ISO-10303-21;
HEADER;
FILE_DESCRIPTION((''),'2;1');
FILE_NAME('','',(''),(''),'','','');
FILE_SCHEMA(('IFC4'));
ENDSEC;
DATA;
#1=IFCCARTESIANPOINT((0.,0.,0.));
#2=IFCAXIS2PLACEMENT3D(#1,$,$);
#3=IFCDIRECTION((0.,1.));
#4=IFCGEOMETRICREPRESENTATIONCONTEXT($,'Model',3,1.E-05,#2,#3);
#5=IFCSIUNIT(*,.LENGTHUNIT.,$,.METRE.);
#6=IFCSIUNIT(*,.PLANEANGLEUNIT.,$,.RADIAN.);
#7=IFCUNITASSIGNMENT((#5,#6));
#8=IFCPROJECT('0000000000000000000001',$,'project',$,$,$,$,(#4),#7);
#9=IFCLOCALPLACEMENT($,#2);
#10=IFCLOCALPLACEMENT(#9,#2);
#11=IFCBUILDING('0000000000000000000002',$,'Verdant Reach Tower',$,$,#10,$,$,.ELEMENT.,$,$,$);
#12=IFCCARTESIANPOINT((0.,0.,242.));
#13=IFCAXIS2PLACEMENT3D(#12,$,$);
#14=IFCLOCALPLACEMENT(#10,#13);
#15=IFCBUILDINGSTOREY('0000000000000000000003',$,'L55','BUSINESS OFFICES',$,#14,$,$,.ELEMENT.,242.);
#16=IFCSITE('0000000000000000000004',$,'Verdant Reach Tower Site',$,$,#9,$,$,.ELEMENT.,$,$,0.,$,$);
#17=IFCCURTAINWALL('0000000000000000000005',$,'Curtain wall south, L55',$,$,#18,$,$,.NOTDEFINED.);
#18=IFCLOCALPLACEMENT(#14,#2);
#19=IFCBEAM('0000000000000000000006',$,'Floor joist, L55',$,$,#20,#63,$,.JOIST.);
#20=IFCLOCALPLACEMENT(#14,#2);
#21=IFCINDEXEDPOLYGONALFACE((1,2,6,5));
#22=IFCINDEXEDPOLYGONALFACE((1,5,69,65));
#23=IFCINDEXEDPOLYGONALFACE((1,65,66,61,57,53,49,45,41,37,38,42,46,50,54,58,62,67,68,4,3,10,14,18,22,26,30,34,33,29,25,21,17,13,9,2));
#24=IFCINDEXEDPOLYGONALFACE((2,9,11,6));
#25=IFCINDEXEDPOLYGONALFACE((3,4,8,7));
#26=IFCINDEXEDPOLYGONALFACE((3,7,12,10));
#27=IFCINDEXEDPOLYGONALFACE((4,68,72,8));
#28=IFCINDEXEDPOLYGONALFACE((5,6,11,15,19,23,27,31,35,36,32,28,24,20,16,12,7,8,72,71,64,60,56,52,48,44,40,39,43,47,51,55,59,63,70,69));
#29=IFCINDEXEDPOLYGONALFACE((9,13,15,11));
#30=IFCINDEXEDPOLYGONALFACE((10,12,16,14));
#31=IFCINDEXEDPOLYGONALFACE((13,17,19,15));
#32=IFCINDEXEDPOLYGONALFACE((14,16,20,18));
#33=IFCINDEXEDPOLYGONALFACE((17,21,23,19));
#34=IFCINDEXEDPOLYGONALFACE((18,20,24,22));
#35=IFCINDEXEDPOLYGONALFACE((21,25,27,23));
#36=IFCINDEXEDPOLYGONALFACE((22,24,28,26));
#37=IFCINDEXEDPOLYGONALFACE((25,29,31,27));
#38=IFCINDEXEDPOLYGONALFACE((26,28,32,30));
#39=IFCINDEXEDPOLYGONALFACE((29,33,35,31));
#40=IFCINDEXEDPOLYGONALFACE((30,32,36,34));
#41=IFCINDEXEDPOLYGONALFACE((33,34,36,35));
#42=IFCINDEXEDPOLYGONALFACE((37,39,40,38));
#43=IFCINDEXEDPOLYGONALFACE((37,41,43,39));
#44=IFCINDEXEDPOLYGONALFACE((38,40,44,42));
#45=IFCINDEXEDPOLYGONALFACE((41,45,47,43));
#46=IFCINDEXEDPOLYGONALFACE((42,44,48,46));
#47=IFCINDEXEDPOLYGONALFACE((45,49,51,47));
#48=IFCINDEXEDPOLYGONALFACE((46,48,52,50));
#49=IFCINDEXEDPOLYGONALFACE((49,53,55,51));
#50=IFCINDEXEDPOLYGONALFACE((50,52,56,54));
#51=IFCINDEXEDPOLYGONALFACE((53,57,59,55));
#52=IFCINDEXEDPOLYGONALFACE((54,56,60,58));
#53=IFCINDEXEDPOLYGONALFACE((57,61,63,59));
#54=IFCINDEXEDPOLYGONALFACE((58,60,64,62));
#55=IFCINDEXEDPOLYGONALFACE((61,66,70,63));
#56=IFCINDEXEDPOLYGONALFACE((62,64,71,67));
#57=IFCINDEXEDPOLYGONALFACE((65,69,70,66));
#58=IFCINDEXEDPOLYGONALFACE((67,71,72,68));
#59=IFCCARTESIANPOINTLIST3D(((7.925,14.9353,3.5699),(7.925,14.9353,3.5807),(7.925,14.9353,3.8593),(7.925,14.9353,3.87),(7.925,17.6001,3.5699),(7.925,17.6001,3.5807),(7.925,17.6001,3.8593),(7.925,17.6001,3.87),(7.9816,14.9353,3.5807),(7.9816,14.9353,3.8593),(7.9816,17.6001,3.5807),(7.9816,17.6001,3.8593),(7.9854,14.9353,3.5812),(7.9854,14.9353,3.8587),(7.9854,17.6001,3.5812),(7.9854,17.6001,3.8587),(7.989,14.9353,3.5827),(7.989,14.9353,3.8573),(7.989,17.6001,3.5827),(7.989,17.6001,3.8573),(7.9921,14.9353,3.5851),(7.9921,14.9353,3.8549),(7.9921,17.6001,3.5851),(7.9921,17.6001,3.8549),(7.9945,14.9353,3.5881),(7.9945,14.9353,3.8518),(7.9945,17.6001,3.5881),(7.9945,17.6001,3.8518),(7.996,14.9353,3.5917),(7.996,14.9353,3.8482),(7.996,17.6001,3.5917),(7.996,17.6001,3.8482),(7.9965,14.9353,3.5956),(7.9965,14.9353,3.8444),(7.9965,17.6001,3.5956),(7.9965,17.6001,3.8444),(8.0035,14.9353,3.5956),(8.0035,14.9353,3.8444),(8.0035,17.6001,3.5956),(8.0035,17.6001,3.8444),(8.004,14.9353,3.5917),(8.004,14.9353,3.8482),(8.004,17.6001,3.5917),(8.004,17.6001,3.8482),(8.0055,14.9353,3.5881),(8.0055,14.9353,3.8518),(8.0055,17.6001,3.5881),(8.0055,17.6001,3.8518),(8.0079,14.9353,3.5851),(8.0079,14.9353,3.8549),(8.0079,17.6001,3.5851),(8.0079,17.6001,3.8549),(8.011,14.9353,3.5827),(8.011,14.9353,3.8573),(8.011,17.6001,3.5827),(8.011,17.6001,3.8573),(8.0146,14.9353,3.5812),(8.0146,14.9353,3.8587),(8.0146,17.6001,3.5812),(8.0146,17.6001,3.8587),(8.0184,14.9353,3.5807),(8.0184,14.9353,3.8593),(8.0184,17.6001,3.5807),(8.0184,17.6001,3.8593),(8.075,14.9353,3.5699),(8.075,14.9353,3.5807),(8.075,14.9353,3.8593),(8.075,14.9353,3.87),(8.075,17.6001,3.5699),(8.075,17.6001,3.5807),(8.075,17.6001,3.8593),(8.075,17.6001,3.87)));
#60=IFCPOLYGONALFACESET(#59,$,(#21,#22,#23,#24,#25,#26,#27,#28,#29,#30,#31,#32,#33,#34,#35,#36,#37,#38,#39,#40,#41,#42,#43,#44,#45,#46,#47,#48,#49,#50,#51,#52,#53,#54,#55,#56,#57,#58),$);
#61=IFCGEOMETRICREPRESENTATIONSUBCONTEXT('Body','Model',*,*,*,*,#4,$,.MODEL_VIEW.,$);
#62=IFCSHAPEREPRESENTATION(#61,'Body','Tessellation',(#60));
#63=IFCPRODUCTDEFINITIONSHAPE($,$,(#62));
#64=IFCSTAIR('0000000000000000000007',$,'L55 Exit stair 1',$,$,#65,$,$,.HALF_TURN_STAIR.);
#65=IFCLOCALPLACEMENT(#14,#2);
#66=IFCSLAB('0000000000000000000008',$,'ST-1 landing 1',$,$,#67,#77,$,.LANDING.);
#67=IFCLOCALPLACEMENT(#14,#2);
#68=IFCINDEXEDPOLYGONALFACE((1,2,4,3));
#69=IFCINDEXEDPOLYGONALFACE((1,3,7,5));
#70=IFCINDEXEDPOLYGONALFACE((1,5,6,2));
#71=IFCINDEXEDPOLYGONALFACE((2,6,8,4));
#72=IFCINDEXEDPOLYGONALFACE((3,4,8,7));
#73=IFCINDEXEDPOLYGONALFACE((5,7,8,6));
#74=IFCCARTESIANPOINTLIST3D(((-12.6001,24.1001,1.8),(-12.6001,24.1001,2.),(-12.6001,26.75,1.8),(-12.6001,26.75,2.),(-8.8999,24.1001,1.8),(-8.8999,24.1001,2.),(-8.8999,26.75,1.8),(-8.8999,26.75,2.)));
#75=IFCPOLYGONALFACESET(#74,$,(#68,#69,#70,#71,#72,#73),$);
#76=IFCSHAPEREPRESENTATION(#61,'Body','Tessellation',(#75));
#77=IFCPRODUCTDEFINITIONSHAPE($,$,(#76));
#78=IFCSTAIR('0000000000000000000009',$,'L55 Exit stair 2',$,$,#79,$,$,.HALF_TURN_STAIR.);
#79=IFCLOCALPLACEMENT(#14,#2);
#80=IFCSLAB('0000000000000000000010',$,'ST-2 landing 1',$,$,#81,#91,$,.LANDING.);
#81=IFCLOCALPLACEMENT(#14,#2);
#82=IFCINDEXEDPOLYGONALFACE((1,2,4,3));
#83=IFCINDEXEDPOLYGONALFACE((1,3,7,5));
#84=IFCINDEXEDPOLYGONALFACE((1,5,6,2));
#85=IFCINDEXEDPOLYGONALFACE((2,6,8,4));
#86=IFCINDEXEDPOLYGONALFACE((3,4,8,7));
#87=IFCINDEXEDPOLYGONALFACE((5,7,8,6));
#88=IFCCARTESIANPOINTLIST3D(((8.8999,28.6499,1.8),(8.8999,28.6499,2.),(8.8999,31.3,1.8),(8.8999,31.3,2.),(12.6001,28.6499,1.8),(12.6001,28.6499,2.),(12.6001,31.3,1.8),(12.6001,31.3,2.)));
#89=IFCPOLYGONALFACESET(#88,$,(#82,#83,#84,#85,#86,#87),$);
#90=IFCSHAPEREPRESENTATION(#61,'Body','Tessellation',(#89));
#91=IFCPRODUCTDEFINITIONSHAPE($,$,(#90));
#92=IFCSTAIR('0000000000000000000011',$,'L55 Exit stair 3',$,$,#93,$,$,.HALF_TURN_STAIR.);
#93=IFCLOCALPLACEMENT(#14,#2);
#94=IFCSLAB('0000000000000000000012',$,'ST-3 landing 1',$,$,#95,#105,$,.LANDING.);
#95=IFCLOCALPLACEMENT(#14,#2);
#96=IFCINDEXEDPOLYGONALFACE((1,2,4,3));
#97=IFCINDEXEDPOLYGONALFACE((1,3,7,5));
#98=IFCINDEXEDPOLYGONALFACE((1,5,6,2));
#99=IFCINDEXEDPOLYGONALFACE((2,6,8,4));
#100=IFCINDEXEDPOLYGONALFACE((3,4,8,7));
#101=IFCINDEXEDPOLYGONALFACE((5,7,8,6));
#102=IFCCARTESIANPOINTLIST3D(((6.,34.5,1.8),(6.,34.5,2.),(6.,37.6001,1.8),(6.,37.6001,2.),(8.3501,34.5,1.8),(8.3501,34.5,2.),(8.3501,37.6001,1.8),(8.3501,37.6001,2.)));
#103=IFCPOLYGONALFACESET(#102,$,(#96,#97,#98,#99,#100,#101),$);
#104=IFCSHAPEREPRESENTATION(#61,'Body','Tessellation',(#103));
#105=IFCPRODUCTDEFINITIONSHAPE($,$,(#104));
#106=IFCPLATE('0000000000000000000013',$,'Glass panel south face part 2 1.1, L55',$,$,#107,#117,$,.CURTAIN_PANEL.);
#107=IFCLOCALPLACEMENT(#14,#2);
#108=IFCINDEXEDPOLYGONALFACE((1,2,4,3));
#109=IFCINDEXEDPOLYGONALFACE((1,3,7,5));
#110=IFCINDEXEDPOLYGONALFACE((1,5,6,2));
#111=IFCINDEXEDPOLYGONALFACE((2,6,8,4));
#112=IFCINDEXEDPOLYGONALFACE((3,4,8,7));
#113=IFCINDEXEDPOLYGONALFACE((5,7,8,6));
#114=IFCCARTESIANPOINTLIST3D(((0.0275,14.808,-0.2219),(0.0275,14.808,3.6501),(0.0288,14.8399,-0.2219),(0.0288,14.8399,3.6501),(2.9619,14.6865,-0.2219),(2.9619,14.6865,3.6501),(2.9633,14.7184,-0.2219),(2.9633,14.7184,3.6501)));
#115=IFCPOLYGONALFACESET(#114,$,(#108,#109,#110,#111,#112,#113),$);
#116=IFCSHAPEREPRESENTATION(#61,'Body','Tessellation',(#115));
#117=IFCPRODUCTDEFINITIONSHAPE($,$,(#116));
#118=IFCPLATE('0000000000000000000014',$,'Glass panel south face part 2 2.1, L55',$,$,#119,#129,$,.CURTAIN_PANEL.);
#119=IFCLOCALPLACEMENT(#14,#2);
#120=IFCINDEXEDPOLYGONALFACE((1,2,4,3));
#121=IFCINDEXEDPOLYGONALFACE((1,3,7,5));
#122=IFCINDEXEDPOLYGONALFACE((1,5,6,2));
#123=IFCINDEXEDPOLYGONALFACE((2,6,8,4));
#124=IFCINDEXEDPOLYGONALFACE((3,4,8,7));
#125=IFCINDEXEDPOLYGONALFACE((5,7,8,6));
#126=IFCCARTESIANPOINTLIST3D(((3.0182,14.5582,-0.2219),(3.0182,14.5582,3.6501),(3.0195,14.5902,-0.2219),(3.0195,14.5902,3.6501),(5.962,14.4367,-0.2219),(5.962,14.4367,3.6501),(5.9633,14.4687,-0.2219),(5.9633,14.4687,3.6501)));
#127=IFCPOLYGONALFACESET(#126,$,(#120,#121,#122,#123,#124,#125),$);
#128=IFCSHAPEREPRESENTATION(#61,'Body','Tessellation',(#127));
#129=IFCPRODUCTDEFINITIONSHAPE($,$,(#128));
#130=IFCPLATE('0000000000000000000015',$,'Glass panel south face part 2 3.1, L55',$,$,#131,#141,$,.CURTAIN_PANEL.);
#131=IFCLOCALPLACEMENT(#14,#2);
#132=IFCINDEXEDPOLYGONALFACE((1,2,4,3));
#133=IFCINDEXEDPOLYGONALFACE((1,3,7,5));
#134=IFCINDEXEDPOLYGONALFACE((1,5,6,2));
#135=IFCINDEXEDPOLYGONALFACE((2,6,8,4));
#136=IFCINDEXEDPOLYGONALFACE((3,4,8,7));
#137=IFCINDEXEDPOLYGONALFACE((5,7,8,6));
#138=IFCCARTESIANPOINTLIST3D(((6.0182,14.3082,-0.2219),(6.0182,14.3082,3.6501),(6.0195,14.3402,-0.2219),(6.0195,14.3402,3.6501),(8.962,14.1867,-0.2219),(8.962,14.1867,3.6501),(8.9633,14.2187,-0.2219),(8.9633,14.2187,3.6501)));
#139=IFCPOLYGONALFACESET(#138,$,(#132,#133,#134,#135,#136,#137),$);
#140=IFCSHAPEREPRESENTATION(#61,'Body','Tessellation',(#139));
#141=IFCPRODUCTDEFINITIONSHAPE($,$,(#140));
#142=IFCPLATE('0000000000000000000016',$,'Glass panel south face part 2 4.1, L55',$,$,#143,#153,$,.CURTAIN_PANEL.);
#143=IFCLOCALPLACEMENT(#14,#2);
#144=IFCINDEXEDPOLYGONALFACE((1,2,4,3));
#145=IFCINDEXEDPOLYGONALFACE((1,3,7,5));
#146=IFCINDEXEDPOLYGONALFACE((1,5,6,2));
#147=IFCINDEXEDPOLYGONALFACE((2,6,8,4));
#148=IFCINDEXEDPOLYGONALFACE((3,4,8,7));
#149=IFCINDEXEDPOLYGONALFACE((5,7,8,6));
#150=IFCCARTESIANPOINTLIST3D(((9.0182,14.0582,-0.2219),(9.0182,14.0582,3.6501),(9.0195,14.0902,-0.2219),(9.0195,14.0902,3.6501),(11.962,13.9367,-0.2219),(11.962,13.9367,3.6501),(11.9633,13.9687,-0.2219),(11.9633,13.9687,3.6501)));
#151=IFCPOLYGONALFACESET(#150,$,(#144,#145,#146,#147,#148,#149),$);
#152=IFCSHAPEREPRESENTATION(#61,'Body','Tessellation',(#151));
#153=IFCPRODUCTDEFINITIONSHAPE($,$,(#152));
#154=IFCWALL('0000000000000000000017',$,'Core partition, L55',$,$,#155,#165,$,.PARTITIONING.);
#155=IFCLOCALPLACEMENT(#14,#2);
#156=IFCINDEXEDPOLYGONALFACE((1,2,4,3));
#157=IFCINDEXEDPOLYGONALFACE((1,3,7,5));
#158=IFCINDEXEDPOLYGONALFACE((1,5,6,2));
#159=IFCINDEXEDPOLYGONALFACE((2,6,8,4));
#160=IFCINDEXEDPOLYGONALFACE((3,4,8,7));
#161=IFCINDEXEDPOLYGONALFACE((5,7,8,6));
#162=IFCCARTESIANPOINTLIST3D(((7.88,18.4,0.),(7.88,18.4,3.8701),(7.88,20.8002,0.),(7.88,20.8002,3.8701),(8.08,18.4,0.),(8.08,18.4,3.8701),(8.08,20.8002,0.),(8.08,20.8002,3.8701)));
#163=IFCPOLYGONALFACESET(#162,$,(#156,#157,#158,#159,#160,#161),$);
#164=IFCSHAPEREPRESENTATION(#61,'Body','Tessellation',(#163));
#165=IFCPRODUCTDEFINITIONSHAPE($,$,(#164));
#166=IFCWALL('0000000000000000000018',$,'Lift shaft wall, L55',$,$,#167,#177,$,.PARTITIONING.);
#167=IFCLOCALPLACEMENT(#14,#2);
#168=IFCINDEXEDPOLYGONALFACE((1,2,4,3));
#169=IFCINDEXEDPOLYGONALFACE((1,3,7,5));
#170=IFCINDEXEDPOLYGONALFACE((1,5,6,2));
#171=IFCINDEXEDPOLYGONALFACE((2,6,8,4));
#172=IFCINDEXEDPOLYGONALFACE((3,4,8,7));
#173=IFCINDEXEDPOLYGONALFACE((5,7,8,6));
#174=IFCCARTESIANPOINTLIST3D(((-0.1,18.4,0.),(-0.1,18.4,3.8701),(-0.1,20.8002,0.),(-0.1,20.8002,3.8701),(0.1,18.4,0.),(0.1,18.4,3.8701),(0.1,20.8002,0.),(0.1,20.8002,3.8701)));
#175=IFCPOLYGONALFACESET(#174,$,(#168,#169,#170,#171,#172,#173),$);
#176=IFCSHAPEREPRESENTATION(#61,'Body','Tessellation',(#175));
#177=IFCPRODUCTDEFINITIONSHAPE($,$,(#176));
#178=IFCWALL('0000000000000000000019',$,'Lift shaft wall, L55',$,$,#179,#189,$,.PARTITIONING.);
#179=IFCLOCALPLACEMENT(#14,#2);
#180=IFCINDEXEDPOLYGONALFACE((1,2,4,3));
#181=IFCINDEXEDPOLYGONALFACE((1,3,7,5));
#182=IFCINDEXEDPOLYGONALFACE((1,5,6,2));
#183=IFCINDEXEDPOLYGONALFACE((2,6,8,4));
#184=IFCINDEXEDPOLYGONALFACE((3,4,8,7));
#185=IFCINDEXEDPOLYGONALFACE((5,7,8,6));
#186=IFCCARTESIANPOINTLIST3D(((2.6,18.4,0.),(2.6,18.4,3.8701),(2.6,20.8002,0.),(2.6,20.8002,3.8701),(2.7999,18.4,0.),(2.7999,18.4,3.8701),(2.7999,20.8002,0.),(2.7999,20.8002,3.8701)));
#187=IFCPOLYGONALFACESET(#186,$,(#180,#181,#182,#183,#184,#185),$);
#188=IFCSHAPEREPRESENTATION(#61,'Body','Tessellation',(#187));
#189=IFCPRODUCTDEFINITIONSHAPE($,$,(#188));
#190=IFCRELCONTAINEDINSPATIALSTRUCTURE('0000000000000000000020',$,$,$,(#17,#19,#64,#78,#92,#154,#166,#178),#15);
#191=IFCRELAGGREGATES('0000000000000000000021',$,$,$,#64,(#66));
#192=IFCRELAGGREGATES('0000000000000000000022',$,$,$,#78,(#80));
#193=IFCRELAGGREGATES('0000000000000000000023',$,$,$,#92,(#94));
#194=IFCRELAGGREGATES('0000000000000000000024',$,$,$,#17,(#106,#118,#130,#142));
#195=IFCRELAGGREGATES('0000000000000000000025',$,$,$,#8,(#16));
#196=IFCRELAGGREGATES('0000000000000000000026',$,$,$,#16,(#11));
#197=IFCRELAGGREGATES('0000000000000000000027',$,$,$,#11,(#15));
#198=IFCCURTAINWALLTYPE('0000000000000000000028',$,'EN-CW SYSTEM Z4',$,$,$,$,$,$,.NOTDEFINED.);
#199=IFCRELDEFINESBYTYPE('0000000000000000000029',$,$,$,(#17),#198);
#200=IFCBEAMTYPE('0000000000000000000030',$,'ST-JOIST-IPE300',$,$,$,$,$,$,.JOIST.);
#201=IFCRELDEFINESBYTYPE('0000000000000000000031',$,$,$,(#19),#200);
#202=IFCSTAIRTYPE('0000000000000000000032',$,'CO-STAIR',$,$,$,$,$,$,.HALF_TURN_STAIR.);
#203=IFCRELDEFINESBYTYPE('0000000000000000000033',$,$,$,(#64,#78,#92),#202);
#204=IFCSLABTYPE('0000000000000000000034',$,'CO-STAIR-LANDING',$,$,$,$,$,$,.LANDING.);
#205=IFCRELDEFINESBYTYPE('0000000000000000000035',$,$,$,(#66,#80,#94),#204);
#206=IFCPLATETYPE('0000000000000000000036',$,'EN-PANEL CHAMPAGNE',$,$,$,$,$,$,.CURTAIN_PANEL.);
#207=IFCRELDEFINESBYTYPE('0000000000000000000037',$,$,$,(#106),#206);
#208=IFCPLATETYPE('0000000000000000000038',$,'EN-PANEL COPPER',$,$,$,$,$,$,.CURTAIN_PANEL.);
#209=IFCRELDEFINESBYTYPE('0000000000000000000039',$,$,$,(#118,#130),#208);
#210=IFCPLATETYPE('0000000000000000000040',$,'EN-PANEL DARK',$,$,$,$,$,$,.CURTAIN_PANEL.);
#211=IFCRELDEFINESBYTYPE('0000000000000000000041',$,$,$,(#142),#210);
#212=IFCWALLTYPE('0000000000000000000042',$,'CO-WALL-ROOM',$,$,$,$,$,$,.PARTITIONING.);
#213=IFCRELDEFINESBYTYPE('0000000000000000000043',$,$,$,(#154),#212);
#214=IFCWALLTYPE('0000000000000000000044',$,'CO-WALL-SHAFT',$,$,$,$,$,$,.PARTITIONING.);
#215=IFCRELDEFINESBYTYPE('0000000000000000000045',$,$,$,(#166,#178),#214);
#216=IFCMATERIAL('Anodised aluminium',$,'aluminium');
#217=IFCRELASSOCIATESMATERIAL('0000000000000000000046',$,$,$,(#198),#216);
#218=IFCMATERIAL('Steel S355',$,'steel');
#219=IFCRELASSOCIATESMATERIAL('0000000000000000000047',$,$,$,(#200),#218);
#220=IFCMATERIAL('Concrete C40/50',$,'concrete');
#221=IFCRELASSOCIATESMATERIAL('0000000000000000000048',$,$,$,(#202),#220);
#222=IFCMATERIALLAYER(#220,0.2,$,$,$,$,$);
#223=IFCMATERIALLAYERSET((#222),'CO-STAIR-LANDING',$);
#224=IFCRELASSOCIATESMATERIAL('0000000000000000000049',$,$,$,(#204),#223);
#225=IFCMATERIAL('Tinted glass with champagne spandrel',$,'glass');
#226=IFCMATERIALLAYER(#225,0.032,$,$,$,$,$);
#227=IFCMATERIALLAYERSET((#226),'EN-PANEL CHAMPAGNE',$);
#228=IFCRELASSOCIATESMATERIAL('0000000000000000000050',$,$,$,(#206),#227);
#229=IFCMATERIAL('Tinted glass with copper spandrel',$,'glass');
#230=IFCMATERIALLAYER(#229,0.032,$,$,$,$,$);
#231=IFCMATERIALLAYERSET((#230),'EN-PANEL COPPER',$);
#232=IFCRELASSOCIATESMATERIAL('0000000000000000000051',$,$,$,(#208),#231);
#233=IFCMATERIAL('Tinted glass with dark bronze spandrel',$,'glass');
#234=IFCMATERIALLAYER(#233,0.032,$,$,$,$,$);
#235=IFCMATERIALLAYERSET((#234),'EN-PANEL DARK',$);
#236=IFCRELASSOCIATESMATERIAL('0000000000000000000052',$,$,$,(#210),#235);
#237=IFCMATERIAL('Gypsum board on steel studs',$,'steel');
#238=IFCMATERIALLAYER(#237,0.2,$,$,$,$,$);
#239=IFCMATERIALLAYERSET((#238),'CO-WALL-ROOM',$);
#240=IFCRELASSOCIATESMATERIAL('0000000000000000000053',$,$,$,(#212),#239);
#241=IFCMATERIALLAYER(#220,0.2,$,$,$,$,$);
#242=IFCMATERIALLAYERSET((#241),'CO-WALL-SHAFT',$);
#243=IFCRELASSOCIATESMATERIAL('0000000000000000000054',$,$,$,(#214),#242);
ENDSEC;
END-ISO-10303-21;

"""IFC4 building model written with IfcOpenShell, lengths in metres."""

from ifc_helpers import new_model, si_unit, direction, frame, frame_2d, origin, origin_2d, place, context, subcontext, project, spatial, polyline, rectangle, i_section, outline, extrude, material, layer, layer_set, material_profile, profile_set, type_object, element, aggregate, save


model = new_model("IFC4")

# Units and contexts
model_context = context("Model", 3, precision=1e-05, world=origin(), true_north=direction((0.0, 1.0)))
body_context = subcontext(model_context, "Body", "Model", "MODEL_VIEW")
ifc_project = project(units=[si_unit("LENGTHUNIT", "METRE"), si_unit("PLANEANGLEUNIT", "RADIAN")], contexts=[model_context])

# Site, building, storey
site_placement = place(None, origin())
site = spatial("IfcSite", under=ifc_project, at=site_placement, Name="Verdant Reach Tower Site", CompositionType="ELEMENT", RefElevation=0.0)
building_placement = place(site_placement, origin())
building = spatial("IfcBuilding", under=site, at=building_placement, Name="Verdant Reach Tower", CompositionType="ELEMENT")
storey_placement = place(building_placement, frame((0.0, 0.0, 242.0)))
storey = spatial("IfcBuildingStorey", under=building, at=storey_placement, Name="L55", Description="BUSINESS OFFICES", CompositionType="ELEMENT", Elevation=242.0)

# Curtain wall
ifc_material_1 = material(Name="Anodised aluminium", Category="aluminium")
curtain_wall_type = type_object("IfcCurtainWallType", Name="EN-CW SYSTEM Z4", PredefinedType="NOTDEFINED", material=ifc_material_1)
curtain_wall_placement = place(storey_placement, origin())
curtain_wall = element("IfcCurtainWall", 1, at=curtain_wall_placement, inside=storey, type_object=curtain_wall_type, Name="Curtain wall south, L55", PredefinedType="NOTDEFINED")

# Beam
ifc_material_2 = material(Name="Steel S355", Category="steel")
ifc_material_profile_1 = material_profile(ifc_material_2, i_section(OverallWidth=0.1499, OverallDepth=0.3, WebThickness=0.0071, FlangeThickness=0.0107, FilletRadius=0.0149, at=origin_2d()), Name="IPE 300")
ifc_profile_set_1 = profile_set([ifc_material_profile_1], Name="Steel S355")
beam_type = type_object("IfcBeamType", Name="ST-JOIST-IPE300", PredefinedType="JOIST", material=ifc_profile_set_1)
beam_1_placement = place(storey_placement, frame((8.0, 17.6001, 3.72), z_axis=(0.0, -1.0, 0.0), x_axis=(1.0, 0.0, 0.0)))
element("IfcBeam", 2, at=beam_1_placement, inside=storey, type_object=beam_type, Name="Floor joist, L55", PredefinedType="JOIST", context=body_context, shape_type="SweptSolid", body=[
    extrude(i_section(OverallWidth=0.1499, OverallDepth=0.3, WebThickness=0.0071, FlangeThickness=0.0107, FilletRadius=0.0149, at=origin_2d()), origin(), (0.0, 0.0, 1.0), 2.6648),
])

# Stairs, slabs
ifc_material_3 = material(Name="Concrete C40/50", Category="concrete")
stair_type = type_object("IfcStairType", Name="CO-STAIR", PredefinedType="HALF_TURN_STAIR", material=ifc_material_3)
stair_1_placement = place(storey_placement, origin())
stair_1 = element("IfcStair", 3, at=stair_1_placement, inside=storey, type_object=stair_type, Name="L55 Exit stair 1", PredefinedType="HALF_TURN_STAIR")
ifc_layer_1 = layer(ifc_material_3, 0.2)
ifc_layer_set_1 = layer_set([ifc_layer_1], Name="CO-STAIR-LANDING")
slab_type = type_object("IfcSlabType", Name="CO-STAIR-LANDING", PredefinedType="LANDING", material=ifc_layer_set_1)
slab_1_placement = place(storey_placement, frame((0.0, 0.0, 1.8)))
slab_1 = element("IfcSlab", 4, at=slab_1_placement, type_object=slab_type, Name="ST-1 landing 1", PredefinedType="LANDING", context=body_context, shape_type="SweptSolid", body=[
    extrude(outline(polyline([(-12.6001, 26.75), (-12.6001, 24.1001), (-8.8999, 24.1001), (-8.8999, 26.75), (-12.6001, 26.75)])), origin(), (0.0, 0.0, 1.0), 0.2),
])
aggregate(stair_1, [slab_1])
stair_2_placement = place(storey_placement, origin())
stair_2 = element("IfcStair", 5, at=stair_2_placement, inside=storey, type_object=stair_type, Name="L55 Exit stair 2", PredefinedType="HALF_TURN_STAIR")
slab_2_placement = place(storey_placement, frame((0.0, 0.0, 1.8)))
slab_2 = element("IfcSlab", 6, at=slab_2_placement, type_object=slab_type, Name="ST-2 landing 1", PredefinedType="LANDING", context=body_context, shape_type="SweptSolid", body=[
    extrude(outline(polyline([(12.6001, 28.6499), (12.6001, 31.3), (8.8999, 31.3), (8.8999, 28.6499), (12.6001, 28.6499)])), origin(), (0.0, 0.0, 1.0), 0.2),
])
aggregate(stair_2, [slab_2])
stair_3_placement = place(storey_placement, origin())
stair_3 = element("IfcStair", 7, at=stair_3_placement, inside=storey, type_object=stair_type, Name="L55 Exit stair 3", PredefinedType="HALF_TURN_STAIR")
slab_3_placement = place(storey_placement, frame((0.0, 0.0, 1.8)))
slab_3 = element("IfcSlab", 8, at=slab_3_placement, type_object=slab_type, Name="ST-3 landing 1", PredefinedType="LANDING", context=body_context, shape_type="SweptSolid", body=[
    extrude(outline(polyline([(8.3501, 37.6001), (6.0, 37.6001), (6.0, 34.5), (8.3501, 34.5), (8.3501, 37.6001)])), origin(), (0.0, 0.0, 1.0), 0.2),
])
aggregate(stair_3, [slab_3])

# Plates
ifc_material_4 = material(Name="Tinted glass with champagne spandrel", Category="glass")
ifc_layer_2 = layer(ifc_material_4, 0.032)
ifc_layer_set_2 = layer_set([ifc_layer_2], Name="EN-PANEL CHAMPAGNE")
plate_type_1 = type_object("IfcPlateType", Name="EN-PANEL CHAMPAGNE", PredefinedType="CURTAIN_PANEL", material=ifc_layer_set_2)
plate_1_placement = place(storey_placement, frame((1.4954, 14.7632, -0.2219), z_axis=(0.0, 0.0, 1.0), x_axis=(0.999144, -0.04137, 0.0)))
plate_1 = element("IfcPlate", 9, at=plate_1_placement, type_object=plate_type_1, Name="Glass panel south face part 2 1.1, L55", PredefinedType="CURTAIN_PANEL", context=body_context, shape_type="SweptSolid", body=[
    extrude(rectangle(XDim=2.937, YDim=0.032, at=origin_2d()), origin(), (0.0, 0.0, 1.0), 3.8721),
])
ifc_material_5 = material(Name="Tinted glass with copper spandrel", Category="glass")
ifc_layer_3 = layer(ifc_material_5, 0.032)
ifc_layer_set_3 = layer_set([ifc_layer_3], Name="EN-PANEL COPPER")
plate_type_2 = type_object("IfcPlateType", Name="EN-PANEL COPPER", PredefinedType="CURTAIN_PANEL", material=ifc_layer_set_3)
plate_2_placement = place(storey_placement, frame((4.4907, 14.5134, -0.2219), z_axis=(0.0, 0.0, 1.0), x_axis=(0.999149, -0.041242, 0.0)))
plate_2 = element("IfcPlate", 10, at=plate_2_placement, type_object=plate_type_2, Name="Glass panel south face part 2 2.1, L55", PredefinedType="CURTAIN_PANEL", context=body_context, shape_type="SweptSolid", body=[
    extrude(rectangle(XDim=2.9463, YDim=0.032, at=origin_2d()), origin(), (0.0, 0.0, 1.0), 3.8721),
])
plate_3_placement = place(storey_placement, frame((7.4907, 14.2634, -0.2219), z_axis=(0.0, 0.0, 1.0), x_axis=(0.999149, -0.041242, 0.0)))
plate_3 = element("IfcPlate", 11, at=plate_3_placement, type_object=plate_type_2, Name="Glass panel south face part 2 3.1, L55", PredefinedType="CURTAIN_PANEL", context=body_context, shape_type="SweptSolid", body=[
    extrude(rectangle(XDim=2.9463, YDim=0.032, at=origin_2d()), origin(), (0.0, 0.0, 1.0), 3.8721),
])
ifc_material_6 = material(Name="Tinted glass with dark bronze spandrel", Category="glass")
ifc_layer_4 = layer(ifc_material_6, 0.032)
ifc_layer_set_4 = layer_set([ifc_layer_4], Name="EN-PANEL DARK")
plate_type_3 = type_object("IfcPlateType", Name="EN-PANEL DARK", PredefinedType="CURTAIN_PANEL", material=ifc_layer_set_4)
plate_4_placement = place(storey_placement, frame((10.4907, 14.0134, -0.2219), z_axis=(0.0, 0.0, 1.0), x_axis=(0.999149, -0.041242, 0.0)))
plate_4 = element("IfcPlate", 12, at=plate_4_placement, type_object=plate_type_3, Name="Glass panel south face part 2 4.1, L55", PredefinedType="CURTAIN_PANEL", context=body_context, shape_type="SweptSolid", body=[
    extrude(rectangle(XDim=2.9463, YDim=0.032, at=origin_2d()), origin(), (0.0, 0.0, 1.0), 3.8721),
])
aggregate(curtain_wall, [plate_1, plate_2, plate_3, plate_4])

# Walls
ifc_material_7 = material(Name="Gypsum board on steel studs", Category="steel")
ifc_layer_5 = layer(ifc_material_7, 0.2)
ifc_layer_set_5 = layer_set([ifc_layer_5], Name="CO-WALL-ROOM")
wall_type_1 = type_object("IfcWallType", Name="CO-WALL-ROOM", PredefinedType="PARTITIONING", material=ifc_layer_set_5)
wall_1_placement = place(storey_placement, frame((7.98, 18.3999, 0.0), z_axis=(0.0, 0.0, 1.0), x_axis=(0.0, 1.0, 0.0)))
element("IfcWall", 13, at=wall_1_placement, inside=storey, type_object=wall_type_1, Name="Core partition, L55", PredefinedType="PARTITIONING", context=body_context, shape_type="SweptSolid", body=[
    extrude(rectangle(XDim=2.4001, YDim=0.2, at=frame_2d((1.2002, 0.0))), origin(), (0.0, 0.0, 1.0), 3.8701),
])
ifc_layer_6 = layer(ifc_material_3, 0.2)
ifc_layer_set_6 = layer_set([ifc_layer_6], Name="CO-WALL-SHAFT")
wall_type_2 = type_object("IfcWallType", Name="CO-WALL-SHAFT", PredefinedType="PARTITIONING", material=ifc_layer_set_6)
for number, where, z_axis, x_axis, name in (
    (14, (0.0, 18.3999, 0.0), (0.0, 0.0, 1.0), (0.0, 1.0, 0.0), "Lift shaft wall, L55"),
    (15, (2.7, 18.3999, 0.0), (0.0, 0.0, 1.0), (0.0, 1.0, 0.0), "Lift shaft wall, L55"),
):
    element("IfcWall", number, at=place(storey_placement, frame(where, z_axis=z_axis, x_axis=x_axis)), inside=storey, type_object=wall_type_2, Name=name, PredefinedType="PARTITIONING", context=body_context, shape_type="SweptSolid", body=[
        extrude(rectangle(XDim=2.4001, YDim=0.2, at=frame_2d((1.2002, 0.0))), origin(), (0.0, 0.0, 1.0), 3.8701),
    ])

save(model, "model.ifc")
